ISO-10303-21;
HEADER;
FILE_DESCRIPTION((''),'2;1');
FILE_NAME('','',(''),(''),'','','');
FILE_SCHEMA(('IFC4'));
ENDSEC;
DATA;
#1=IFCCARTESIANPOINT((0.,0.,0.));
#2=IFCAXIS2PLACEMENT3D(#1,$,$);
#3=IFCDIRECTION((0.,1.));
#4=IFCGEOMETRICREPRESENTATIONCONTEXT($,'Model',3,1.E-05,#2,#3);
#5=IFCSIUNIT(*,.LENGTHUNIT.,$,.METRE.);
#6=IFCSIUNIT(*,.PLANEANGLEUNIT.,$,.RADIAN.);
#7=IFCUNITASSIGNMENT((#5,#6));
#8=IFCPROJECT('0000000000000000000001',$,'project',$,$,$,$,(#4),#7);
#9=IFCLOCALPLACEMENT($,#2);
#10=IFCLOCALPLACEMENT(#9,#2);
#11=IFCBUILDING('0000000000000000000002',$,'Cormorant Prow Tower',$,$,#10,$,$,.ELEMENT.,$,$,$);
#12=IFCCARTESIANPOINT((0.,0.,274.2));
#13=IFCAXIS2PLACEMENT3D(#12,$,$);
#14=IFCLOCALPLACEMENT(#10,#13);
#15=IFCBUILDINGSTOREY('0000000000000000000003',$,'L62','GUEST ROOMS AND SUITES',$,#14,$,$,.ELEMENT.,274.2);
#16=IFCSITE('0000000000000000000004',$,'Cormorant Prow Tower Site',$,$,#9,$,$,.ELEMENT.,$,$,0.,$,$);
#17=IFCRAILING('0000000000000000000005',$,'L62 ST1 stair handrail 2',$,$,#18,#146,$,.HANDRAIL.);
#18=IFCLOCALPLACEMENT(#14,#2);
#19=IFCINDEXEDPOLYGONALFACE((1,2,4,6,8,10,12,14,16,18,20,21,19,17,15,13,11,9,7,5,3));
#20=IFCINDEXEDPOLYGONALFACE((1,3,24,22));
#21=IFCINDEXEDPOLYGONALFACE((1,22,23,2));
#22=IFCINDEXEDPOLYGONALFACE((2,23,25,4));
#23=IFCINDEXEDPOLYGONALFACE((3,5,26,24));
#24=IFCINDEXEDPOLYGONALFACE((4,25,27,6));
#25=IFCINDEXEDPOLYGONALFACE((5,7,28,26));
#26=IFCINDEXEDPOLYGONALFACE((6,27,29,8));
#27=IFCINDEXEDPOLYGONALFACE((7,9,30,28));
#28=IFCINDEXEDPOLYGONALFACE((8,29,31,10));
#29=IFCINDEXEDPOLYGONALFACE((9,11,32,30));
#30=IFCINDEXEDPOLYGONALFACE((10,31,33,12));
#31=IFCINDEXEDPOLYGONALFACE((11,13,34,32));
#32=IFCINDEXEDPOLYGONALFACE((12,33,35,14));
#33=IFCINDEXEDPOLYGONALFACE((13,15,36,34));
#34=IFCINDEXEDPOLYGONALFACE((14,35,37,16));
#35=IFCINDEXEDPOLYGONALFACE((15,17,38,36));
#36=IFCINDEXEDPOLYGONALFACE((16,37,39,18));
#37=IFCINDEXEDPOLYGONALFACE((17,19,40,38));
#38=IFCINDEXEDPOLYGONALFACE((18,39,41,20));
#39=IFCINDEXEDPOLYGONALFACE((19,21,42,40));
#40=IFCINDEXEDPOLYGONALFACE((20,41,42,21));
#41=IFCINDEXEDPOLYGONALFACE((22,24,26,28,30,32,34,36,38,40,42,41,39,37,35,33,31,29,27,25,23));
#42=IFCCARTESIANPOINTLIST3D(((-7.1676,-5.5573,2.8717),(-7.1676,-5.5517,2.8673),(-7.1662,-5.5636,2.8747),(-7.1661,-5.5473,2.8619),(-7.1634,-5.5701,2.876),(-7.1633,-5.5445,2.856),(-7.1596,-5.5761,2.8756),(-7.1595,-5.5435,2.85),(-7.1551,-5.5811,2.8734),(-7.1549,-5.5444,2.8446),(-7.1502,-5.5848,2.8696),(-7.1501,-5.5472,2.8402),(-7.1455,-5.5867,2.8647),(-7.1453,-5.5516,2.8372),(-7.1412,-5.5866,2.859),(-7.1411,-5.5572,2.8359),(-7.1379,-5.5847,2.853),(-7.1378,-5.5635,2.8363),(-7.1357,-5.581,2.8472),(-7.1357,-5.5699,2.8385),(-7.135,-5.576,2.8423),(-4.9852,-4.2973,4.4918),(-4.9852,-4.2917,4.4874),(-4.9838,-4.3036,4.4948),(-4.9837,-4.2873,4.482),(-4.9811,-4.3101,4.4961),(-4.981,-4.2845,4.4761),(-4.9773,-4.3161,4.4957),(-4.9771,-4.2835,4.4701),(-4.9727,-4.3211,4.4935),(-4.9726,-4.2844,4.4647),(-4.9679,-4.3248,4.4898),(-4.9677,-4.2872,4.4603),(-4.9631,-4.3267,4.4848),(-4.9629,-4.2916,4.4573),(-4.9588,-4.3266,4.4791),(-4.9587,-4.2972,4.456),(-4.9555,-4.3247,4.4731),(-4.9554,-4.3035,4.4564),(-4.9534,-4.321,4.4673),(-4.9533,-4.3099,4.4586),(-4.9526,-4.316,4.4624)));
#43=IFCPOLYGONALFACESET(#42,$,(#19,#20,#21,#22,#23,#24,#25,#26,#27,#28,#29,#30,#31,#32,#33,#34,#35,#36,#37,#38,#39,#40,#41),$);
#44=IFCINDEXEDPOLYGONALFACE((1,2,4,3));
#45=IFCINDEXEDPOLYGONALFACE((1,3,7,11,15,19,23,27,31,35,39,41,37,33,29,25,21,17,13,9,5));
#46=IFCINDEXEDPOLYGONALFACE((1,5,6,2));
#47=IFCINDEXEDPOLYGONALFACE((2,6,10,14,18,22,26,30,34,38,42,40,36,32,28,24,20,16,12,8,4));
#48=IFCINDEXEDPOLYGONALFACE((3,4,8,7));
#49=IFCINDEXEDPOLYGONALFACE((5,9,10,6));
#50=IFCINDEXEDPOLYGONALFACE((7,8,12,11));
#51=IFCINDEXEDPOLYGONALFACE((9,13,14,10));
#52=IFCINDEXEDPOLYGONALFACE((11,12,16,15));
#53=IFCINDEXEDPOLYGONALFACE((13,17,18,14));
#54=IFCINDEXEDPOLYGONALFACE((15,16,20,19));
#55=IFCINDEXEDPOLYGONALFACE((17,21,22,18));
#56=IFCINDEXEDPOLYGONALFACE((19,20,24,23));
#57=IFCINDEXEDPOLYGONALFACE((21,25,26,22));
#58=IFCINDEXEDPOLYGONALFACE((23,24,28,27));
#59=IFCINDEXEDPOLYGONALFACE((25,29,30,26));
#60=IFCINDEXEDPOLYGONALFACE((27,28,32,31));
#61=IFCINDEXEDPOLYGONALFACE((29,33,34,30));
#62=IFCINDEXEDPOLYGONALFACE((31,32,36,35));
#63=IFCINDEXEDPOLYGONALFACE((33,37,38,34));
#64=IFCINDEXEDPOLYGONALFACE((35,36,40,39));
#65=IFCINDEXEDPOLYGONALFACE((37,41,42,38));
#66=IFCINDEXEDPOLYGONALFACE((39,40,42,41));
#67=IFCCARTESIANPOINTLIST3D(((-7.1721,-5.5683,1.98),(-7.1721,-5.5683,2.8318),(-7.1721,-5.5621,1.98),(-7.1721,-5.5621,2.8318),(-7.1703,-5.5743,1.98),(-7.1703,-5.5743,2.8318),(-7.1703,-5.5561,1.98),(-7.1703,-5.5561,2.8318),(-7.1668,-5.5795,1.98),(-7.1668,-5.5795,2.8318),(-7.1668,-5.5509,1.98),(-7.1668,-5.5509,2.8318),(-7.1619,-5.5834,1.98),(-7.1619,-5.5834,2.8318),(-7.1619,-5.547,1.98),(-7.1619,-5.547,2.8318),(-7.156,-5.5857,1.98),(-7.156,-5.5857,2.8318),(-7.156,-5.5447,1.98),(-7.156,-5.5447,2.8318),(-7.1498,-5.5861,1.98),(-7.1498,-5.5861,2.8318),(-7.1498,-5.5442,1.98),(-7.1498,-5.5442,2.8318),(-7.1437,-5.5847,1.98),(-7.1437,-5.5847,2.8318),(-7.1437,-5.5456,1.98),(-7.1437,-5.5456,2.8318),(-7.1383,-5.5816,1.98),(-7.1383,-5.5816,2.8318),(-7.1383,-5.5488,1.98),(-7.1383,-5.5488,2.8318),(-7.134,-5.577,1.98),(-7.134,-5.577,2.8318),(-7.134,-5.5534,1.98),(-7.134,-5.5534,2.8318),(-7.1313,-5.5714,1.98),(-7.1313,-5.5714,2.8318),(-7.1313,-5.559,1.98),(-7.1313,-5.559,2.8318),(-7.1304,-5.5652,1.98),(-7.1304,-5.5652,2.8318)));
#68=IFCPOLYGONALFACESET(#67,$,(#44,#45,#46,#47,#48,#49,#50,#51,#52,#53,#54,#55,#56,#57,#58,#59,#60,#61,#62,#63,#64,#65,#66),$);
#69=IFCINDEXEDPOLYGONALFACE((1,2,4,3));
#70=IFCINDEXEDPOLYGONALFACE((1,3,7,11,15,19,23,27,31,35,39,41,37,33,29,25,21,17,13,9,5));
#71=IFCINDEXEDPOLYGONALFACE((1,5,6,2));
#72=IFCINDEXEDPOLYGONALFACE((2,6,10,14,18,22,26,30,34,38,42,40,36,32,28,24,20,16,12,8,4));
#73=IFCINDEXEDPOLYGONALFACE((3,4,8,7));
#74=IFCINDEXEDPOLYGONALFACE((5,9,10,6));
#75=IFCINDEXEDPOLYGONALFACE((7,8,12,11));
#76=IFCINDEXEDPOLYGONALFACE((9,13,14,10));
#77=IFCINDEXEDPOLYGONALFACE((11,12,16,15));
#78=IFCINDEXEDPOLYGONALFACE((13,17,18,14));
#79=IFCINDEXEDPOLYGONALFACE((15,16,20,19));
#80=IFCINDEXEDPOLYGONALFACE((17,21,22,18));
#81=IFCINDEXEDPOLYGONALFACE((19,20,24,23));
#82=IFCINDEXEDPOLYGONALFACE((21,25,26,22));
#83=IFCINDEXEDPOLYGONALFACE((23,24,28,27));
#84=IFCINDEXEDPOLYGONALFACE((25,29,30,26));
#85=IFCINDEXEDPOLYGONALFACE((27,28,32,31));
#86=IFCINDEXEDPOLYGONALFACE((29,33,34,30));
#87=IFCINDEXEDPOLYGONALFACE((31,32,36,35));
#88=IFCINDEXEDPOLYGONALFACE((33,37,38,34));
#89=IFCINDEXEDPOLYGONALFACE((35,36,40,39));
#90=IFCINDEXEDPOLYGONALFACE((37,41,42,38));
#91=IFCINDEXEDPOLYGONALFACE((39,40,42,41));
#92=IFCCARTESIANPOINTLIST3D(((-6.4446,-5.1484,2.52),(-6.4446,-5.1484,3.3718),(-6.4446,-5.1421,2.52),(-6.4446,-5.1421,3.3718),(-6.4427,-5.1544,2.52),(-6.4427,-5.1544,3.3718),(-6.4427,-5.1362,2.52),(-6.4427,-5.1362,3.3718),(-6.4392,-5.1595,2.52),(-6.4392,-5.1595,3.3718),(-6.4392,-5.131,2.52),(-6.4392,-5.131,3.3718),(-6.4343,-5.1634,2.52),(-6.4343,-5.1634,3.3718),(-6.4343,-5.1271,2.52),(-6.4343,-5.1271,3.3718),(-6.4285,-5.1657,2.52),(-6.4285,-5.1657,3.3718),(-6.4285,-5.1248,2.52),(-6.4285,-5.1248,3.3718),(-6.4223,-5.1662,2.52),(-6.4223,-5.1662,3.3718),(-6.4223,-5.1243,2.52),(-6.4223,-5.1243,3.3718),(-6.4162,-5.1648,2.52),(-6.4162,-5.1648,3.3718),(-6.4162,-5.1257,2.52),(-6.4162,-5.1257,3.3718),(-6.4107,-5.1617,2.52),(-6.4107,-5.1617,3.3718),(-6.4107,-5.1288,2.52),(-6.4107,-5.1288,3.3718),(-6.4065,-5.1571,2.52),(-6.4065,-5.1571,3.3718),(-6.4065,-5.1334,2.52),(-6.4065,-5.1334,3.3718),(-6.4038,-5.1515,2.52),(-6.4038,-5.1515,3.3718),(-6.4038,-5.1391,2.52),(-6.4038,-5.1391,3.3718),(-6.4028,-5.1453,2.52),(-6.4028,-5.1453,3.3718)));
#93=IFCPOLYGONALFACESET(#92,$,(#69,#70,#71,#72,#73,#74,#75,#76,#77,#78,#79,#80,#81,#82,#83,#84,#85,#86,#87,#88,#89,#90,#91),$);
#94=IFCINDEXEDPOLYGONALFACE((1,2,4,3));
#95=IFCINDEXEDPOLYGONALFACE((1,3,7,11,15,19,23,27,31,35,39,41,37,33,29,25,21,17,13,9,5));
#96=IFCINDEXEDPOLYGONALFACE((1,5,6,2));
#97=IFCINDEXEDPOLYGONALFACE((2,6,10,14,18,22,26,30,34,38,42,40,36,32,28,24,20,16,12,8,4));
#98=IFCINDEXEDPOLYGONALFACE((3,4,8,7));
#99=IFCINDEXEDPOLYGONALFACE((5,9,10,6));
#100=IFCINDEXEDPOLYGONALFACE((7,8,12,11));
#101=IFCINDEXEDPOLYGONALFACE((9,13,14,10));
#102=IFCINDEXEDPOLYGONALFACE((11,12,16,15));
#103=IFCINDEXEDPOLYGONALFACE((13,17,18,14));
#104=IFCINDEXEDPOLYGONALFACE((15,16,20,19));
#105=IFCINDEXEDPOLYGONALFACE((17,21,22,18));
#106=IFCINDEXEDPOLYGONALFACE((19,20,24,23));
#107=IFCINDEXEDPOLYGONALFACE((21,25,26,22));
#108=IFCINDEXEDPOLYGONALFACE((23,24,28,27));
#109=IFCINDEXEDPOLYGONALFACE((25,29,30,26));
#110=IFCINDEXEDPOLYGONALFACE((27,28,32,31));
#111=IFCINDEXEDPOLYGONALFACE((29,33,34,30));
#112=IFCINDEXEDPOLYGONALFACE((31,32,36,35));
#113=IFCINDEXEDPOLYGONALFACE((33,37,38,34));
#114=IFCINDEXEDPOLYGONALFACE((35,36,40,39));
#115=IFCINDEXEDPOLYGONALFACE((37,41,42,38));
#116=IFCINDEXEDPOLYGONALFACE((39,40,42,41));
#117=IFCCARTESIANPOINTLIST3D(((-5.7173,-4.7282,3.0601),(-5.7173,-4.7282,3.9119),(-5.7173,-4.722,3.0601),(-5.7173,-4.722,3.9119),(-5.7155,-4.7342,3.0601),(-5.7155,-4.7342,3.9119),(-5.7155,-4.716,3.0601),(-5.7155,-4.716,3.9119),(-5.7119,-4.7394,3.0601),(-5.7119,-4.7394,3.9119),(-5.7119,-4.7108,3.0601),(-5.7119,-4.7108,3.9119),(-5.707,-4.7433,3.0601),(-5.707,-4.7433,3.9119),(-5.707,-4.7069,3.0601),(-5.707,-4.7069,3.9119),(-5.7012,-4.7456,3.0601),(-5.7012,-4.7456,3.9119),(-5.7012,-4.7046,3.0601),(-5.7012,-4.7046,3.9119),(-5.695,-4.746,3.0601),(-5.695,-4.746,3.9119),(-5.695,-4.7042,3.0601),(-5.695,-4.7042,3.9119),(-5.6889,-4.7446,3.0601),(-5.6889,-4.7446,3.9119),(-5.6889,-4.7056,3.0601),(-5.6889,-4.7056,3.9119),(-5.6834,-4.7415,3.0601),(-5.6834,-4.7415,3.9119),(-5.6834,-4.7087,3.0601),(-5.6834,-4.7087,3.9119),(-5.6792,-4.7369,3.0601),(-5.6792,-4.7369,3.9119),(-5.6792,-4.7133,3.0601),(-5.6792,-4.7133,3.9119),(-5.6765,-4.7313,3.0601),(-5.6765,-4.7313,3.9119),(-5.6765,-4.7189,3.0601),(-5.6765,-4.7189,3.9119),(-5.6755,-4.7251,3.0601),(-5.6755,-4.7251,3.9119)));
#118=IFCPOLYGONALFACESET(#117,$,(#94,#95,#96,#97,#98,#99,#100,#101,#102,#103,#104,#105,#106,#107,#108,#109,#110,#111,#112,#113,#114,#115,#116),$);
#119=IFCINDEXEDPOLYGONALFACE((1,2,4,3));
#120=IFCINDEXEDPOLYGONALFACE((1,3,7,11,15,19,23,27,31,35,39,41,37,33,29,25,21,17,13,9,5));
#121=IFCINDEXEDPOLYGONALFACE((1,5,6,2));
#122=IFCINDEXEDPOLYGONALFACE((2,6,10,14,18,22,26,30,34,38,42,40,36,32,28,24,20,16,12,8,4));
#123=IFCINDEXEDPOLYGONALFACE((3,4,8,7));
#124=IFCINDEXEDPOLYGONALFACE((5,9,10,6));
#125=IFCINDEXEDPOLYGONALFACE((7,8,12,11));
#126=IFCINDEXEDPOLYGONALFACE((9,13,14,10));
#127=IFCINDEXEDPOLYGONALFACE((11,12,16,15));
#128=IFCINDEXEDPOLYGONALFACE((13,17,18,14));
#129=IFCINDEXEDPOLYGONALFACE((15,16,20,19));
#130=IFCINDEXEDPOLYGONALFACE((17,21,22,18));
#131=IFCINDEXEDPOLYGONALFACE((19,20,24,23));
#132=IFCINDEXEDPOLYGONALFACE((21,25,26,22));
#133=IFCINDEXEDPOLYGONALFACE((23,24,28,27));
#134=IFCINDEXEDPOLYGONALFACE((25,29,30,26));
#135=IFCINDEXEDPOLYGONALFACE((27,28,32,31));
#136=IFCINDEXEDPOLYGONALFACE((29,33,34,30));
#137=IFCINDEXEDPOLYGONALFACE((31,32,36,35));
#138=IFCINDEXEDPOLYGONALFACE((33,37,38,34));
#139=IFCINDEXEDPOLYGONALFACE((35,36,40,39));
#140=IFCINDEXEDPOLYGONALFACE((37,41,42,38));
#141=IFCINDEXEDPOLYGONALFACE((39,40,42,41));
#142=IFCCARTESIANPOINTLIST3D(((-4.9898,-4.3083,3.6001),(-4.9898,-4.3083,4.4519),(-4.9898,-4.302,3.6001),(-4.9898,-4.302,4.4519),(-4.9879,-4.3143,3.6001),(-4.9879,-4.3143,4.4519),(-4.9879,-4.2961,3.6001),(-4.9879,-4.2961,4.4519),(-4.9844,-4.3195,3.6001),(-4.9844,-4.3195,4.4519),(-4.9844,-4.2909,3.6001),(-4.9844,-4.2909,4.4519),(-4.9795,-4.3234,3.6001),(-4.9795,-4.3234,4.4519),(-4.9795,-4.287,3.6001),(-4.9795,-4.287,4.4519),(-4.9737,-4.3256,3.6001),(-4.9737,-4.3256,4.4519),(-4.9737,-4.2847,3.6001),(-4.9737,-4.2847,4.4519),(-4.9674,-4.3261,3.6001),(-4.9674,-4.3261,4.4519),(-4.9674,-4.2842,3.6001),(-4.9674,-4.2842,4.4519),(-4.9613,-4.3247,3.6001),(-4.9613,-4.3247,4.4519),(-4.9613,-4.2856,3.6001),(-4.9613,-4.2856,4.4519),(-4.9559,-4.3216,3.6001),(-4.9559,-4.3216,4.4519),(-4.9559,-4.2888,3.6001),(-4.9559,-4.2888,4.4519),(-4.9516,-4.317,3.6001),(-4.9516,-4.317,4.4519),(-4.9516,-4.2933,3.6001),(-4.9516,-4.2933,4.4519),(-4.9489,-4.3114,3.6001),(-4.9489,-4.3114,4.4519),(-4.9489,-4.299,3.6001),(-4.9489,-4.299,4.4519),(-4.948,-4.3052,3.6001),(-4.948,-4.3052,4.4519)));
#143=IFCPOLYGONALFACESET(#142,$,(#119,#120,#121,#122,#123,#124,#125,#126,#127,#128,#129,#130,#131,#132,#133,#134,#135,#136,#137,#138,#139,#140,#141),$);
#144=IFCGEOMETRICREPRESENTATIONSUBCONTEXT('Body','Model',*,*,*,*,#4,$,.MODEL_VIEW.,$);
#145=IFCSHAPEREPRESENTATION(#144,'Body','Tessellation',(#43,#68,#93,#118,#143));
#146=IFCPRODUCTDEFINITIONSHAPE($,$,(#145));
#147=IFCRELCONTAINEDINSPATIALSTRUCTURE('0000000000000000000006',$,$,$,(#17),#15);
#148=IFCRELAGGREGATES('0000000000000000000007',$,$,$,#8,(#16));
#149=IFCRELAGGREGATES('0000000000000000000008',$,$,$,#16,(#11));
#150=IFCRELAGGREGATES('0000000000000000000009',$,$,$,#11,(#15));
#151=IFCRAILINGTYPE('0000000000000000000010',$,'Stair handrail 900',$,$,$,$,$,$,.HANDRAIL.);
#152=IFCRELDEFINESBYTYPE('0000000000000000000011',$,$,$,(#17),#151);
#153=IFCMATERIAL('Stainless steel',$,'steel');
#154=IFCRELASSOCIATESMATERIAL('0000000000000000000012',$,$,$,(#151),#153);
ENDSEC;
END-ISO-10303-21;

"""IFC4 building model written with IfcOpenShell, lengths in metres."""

from ifc_helpers import new_model, si_unit, direction, frame, origin, origin_2d, place, context, subcontext, project, spatial, circle, extrude, material, type_object, element, save


model = new_model("IFC4")

# Units and contexts
model_context = context("Model", 3, precision=1e-05, world=origin(), true_north=direction((0.0, 1.0)))
body_context = subcontext(model_context, "Body", "Model", "MODEL_VIEW")
ifc_project = project(units=[si_unit("LENGTHUNIT", "METRE"), si_unit("PLANEANGLEUNIT", "RADIAN")], contexts=[model_context])

# Site, building, storey
site_placement = place(None, origin())
site = spatial("IfcSite", under=ifc_project, at=site_placement, Name="Cormorant Prow Tower Site", CompositionType="ELEMENT", RefElevation=0.0)
building_placement = place(site_placement, origin())
building = spatial("IfcBuilding", under=site, at=building_placement, Name="Cormorant Prow Tower", CompositionType="ELEMENT")
storey_placement = place(building_placement, frame((0.0, 0.0, 274.2)))
storey = spatial("IfcBuildingStorey", under=building, at=storey_placement, Name="L62", Description="GUEST ROOMS AND SUITES", CompositionType="ELEMENT", Elevation=274.2)

# Railing
ifc_material_1 = material(Name="Stainless steel", Category="steel")
railing_type_1 = type_object("IfcRailingType", Name="Stair handrail 900", PredefinedType="HANDRAIL", material=ifc_material_1)
railing_1_placement = place(storey_placement, frame((-7.1514, -5.5652, 1.98)))
element("IfcRailing", 1, at=railing_1_placement, inside=storey, type_object=railing_type_1, Name="L62 ST1 stair handrail 2", PredefinedType="HANDRAIL", context=body_context, shape_type="SweptSolid", body=[
    extrude(circle(Radius=0.0239, at=origin_2d()), frame((0.0, 0.0, 0.876), z_axis=(0.728464, 0.420584, 0.540786), x_axis=(-0.500005, 0.866023, 0.0)), (0.0, 0.0, 1.0), 2.9958),
    extrude(circle(Radius=0.021, at=origin_2d()), origin(), (0.0, 0.0, 1.0), 0.8518),
    extrude(circle(Radius=0.021, at=origin_2d()), frame((0.7275, 0.4199, 0.54)), (0.0, 0.0, 1.0), 0.8518),
    extrude(circle(Radius=0.021, at=origin_2d()), frame((1.4548, 0.8401, 1.0801)), (0.0, 0.0, 1.0), 0.8518),
    extrude(circle(Radius=0.021, at=origin_2d()), frame((2.1824, 1.26, 1.6201)), (0.0, 0.0, 1.0), 0.8518),
])

save(model, "model.ifc")
